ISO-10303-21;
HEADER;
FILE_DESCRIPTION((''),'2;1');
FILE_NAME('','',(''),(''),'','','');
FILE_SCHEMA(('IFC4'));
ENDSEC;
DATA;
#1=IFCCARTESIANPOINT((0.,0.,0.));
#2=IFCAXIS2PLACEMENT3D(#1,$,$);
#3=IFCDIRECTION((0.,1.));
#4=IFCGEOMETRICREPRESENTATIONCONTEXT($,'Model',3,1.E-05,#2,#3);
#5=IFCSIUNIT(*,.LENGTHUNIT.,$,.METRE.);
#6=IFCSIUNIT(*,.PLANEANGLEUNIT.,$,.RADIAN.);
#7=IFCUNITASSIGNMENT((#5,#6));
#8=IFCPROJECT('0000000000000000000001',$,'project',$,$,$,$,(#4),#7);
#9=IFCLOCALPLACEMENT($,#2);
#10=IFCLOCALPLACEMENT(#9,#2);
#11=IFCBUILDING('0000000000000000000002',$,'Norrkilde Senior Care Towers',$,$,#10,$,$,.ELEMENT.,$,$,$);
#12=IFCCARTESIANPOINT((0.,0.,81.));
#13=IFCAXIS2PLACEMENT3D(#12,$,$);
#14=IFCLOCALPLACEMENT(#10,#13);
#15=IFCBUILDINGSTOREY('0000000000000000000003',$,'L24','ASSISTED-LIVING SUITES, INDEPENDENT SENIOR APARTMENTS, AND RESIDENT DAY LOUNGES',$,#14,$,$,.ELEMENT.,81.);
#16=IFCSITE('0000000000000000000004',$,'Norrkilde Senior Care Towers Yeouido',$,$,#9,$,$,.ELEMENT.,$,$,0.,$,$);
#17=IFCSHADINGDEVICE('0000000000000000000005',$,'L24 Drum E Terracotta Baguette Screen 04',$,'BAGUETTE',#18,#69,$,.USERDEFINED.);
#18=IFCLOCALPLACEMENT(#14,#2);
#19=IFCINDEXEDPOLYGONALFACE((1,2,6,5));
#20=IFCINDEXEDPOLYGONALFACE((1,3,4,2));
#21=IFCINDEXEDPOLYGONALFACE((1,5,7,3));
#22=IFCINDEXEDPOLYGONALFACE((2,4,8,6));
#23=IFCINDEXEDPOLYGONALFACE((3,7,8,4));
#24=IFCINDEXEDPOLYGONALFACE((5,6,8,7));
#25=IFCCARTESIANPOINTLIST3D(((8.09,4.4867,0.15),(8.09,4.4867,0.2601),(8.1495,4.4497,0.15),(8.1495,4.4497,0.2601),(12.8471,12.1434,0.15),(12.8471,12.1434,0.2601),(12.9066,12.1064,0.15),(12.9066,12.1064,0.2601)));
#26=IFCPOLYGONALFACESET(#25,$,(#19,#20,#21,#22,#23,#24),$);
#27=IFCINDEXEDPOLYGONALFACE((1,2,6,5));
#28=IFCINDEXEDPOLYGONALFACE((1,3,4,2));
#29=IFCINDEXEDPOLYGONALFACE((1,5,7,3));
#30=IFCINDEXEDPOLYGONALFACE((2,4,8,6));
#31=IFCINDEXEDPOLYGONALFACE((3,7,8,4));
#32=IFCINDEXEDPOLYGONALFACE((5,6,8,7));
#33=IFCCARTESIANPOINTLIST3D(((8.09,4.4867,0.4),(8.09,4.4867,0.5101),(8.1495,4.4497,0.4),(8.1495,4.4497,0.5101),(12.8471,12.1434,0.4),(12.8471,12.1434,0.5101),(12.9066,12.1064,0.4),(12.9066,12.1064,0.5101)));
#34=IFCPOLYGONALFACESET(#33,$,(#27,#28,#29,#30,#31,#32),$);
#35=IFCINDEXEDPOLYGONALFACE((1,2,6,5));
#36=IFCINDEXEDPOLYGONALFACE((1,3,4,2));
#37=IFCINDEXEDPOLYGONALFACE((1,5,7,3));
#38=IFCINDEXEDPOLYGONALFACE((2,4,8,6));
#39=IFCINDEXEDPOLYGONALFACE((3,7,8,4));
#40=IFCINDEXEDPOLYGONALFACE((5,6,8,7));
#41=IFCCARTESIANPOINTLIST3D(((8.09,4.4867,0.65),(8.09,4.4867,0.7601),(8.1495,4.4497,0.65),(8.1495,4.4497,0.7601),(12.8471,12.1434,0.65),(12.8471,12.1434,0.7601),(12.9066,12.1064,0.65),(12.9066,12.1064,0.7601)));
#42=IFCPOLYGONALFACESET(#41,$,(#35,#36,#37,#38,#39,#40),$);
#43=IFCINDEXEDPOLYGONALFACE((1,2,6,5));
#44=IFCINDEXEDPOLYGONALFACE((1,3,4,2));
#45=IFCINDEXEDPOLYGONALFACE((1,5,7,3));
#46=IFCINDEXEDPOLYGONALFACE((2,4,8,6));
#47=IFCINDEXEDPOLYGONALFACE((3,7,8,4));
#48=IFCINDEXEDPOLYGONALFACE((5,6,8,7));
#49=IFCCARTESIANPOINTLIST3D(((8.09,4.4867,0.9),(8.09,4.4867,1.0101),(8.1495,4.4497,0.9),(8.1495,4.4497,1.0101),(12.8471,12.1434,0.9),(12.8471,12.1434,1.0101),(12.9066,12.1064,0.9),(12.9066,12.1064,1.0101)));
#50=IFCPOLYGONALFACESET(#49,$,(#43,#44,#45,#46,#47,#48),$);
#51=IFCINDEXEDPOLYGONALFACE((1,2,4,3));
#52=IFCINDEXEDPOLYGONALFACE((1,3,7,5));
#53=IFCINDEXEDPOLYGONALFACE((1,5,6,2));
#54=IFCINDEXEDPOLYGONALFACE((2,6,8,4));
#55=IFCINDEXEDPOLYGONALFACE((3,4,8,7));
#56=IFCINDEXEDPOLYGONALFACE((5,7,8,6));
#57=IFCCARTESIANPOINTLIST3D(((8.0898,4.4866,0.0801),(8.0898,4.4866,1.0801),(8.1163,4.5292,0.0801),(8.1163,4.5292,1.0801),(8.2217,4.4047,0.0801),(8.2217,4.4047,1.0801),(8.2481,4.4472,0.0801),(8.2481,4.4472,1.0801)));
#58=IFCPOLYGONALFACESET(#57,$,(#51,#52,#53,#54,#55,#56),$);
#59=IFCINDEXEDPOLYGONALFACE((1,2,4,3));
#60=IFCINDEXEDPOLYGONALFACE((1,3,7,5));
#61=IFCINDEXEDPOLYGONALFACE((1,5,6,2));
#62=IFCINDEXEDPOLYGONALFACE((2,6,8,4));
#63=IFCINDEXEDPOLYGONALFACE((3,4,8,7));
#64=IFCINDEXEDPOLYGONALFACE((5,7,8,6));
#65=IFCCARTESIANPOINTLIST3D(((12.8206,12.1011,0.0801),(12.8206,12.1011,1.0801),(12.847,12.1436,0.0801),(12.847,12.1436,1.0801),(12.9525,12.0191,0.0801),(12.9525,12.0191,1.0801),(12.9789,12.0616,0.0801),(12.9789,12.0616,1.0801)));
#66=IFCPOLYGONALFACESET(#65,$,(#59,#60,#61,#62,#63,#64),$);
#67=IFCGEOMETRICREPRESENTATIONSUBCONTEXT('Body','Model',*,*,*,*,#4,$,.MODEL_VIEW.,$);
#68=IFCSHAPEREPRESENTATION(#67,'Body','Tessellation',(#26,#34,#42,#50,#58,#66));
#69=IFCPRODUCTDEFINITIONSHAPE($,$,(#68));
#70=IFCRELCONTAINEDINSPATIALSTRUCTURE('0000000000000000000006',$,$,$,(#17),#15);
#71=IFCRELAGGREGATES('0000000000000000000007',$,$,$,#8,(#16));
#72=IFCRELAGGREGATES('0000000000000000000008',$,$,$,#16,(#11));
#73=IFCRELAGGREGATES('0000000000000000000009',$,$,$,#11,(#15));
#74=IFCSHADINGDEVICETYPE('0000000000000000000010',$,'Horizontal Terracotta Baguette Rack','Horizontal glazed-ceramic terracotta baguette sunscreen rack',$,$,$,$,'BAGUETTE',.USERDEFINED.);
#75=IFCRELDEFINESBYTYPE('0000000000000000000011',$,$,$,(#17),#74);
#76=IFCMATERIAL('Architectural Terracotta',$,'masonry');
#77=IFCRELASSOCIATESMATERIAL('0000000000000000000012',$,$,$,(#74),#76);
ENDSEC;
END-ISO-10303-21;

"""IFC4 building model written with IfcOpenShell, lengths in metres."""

from ifc_helpers import new_model, si_unit, direction, frame, origin, origin_2d, place, context, subcontext, project, spatial, rectangle, extrude, source, transform, mapped, material, type_object, type_shapes, element, save


model = new_model("IFC4")

# Units and contexts
model_context = context("Model", 3, precision=1e-05, world=origin(), true_north=direction((0.0, 1.0)))
body_context = subcontext(model_context, "Body", "Model", "MODEL_VIEW")
ifc_project = project(units=[si_unit("LENGTHUNIT", "METRE"), si_unit("PLANEANGLEUNIT", "RADIAN")], contexts=[model_context])

# Site, building, storey
site_placement = place(None, origin())
site = spatial("IfcSite", under=ifc_project, at=site_placement, Name="Norrkilde Senior Care Towers Yeouido", CompositionType="ELEMENT", RefElevation=0.0)
building_placement = place(site_placement, origin())
building = spatial("IfcBuilding", under=site, at=building_placement, Name="Norrkilde Senior Care Towers", CompositionType="ELEMENT")
storey_placement = place(building_placement, frame((0.0, 0.0, 81.0)))
storey = spatial("IfcBuildingStorey", under=building, at=storey_placement, Name="L24", Description="ASSISTED-LIVING SUITES, INDEPENDENT SENIOR APARTMENTS, AND RESIDENT DAY LOUNGES", CompositionType="ELEMENT", Elevation=81.0)

# Shading device
ifc_material_1 = material(Name="Architectural Terracotta", Category="masonry")
shading_device_type = type_object("IfcShadingDeviceType", Name="Horizontal Terracotta Baguette Rack", Description="Horizontal glazed-ceramic terracotta baguette sunscreen rack", ElementType="BAGUETTE", PredefinedType="USERDEFINED", material=ifc_material_1)
shared_shape_1 = source(origin(), body_context, "Body", "SweptSolid", [
    extrude(rectangle(XDim=0.0701, YDim=0.1101, at=origin_2d()), frame((0.0, 0.0901, 0.125), z_axis=(1.0, 0.0, 0.0), x_axis=(0.0, 1.0, 0.0)), (0.0, 0.0, 1.0), 9.0142),
    extrude(rectangle(XDim=0.0701, YDim=0.1101, at=origin_2d()), frame((0.0, 0.0901, 0.375), z_axis=(1.0, 0.0, 0.0), x_axis=(0.0, 1.0, 0.0)), (0.0, 0.0, 1.0), 9.0142),
    extrude(rectangle(XDim=0.0701, YDim=0.1101, at=origin_2d()), frame((0.0, 0.0901, 0.625), z_axis=(1.0, 0.0, 0.0), x_axis=(0.0, 1.0, 0.0)), (0.0, 0.0, 1.0), 9.0142),
    extrude(rectangle(XDim=0.0701, YDim=0.1101, at=origin_2d()), frame((0.0, 0.0901, 0.875), z_axis=(1.0, 0.0, 0.0), x_axis=(0.0, 1.0, 0.0)), (0.0, 0.0, 1.0), 9.0142),
    extrude(rectangle(XDim=0.05, YDim=0.1553, at=origin_2d()), frame((0.0249, 0.0476, 0.0)), (0.0, 0.0, 1.0), 1.0),
    extrude(rectangle(XDim=0.05, YDim=0.1553, at=origin_2d()), frame((8.9893, 0.0476, 0.0)), (0.0, 0.0, 1.0), 1.0),
])
type_shapes(shading_device_type, [shared_shape_1])
shading_device_placement = place(storey_placement, frame((8.1963, 4.4207, 0.0801), z_axis=(0.0, 0.0, 1.0), x_axis=(0.527734, 0.849412, 0.0)))
element("IfcShadingDevice", 1, at=shading_device_placement, inside=storey, type_object=shading_device_type, Name="L24 Drum E Terracotta Baguette Screen 04", ObjectType="BAGUETTE", PredefinedType="USERDEFINED", context=body_context, shape_type="MappedRepresentation", body=[
    mapped(shared_shape_1, transform((0.0, 0.0, 0.0), x_axis=(1.0, 0.0, 0.0), y_axis=(0.0, 1.0, 0.0), z_axis=(0.0, 0.0, 1.0), scale=1.0)),
])

save(model, "model.ifc")
